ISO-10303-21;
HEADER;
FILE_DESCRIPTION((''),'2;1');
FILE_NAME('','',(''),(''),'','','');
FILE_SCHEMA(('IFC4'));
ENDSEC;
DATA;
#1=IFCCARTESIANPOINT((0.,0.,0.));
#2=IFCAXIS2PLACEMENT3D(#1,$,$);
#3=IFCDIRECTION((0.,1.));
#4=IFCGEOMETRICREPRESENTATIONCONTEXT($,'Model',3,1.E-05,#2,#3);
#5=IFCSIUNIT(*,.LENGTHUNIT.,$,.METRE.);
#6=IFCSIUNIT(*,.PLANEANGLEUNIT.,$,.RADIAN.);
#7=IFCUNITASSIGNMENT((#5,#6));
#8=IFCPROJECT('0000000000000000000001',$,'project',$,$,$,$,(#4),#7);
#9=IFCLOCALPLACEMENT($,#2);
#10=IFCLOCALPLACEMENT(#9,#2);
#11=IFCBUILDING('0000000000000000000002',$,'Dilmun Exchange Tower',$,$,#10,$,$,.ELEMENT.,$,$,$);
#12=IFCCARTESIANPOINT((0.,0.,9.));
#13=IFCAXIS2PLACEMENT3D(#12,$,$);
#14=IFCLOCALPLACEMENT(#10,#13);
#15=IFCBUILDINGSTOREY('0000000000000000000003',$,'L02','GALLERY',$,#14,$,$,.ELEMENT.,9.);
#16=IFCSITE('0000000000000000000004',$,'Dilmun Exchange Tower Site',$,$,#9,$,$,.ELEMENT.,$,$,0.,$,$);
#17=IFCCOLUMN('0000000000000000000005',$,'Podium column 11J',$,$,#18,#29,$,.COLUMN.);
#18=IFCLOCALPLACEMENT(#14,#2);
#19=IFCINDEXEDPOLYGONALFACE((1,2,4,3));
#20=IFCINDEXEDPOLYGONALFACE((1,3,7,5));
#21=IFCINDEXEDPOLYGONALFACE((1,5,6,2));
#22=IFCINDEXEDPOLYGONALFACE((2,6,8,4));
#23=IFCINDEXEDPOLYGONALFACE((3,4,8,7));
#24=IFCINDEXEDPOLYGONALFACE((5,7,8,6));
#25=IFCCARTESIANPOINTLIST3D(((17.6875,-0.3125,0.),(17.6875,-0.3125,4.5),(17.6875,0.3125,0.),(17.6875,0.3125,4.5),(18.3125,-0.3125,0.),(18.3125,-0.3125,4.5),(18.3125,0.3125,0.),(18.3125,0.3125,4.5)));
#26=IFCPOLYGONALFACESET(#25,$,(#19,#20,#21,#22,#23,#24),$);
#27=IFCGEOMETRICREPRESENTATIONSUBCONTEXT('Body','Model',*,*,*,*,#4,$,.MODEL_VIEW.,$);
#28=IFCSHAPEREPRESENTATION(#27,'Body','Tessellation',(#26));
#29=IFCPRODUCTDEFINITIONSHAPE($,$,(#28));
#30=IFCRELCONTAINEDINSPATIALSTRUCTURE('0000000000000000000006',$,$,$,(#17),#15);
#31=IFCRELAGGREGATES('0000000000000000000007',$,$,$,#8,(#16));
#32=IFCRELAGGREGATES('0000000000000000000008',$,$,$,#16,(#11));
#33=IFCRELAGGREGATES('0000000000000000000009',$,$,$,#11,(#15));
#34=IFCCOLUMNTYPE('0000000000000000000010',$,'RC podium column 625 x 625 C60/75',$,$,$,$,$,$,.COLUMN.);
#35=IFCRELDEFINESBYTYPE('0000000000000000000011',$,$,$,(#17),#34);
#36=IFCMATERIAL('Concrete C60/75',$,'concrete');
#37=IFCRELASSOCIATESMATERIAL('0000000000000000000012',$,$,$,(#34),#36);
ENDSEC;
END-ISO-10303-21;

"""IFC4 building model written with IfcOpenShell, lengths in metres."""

from ifc_helpers import new_model, si_unit, direction, frame, origin, origin_2d, place, context, subcontext, project, spatial, rectangle, extrude, material, material_profile, profile_set, type_object, element, save


model = new_model("IFC4")

# Units and contexts
model_context = context("Model", 3, precision=1e-05, world=origin(), true_north=direction((0.0, 1.0)))
body_context = subcontext(model_context, "Body", "Model", "MODEL_VIEW")
ifc_project = project(units=[si_unit("LENGTHUNIT", "METRE"), si_unit("PLANEANGLEUNIT", "RADIAN")], contexts=[model_context])

# Site, building, storey
site_placement = place(None, origin())
site = spatial("IfcSite", under=ifc_project, at=site_placement, Name="Dilmun Exchange Tower Site", CompositionType="ELEMENT", RefElevation=0.0)
building_placement = place(site_placement, origin())
building = spatial("IfcBuilding", under=site, at=building_placement, Name="Dilmun Exchange Tower", CompositionType="ELEMENT")
storey_placement = place(building_placement, frame((0.0, 0.0, 9.0)))
storey = spatial("IfcBuildingStorey", under=building, at=storey_placement, Name="L02", Description="GALLERY", CompositionType="ELEMENT", Elevation=9.0)

# Column
ifc_material_1 = material(Name="Concrete C60/75", Category="concrete")
ifc_material_profile = material_profile(ifc_material_1, rectangle(XDim=0.625, YDim=0.625, at=origin_2d()), Name="625 x 625")
ifc_profile_set = profile_set([ifc_material_profile], Name="Concrete C60/75")
column_type = type_object("IfcColumnType", Name="RC podium column 625 x 625 C60/75", PredefinedType="COLUMN", material=ifc_profile_set)
column_placement = place(storey_placement, frame((18.0, 0.0, 0.0), z_axis=(0.0, 0.0, 1.0), x_axis=(1.0, 0.0, 0.0)))
element("IfcColumn", 1, at=column_placement, inside=storey, type_object=column_type, Name="Podium column 11J", PredefinedType="COLUMN", context=body_context, shape_type="SweptSolid", body=[
    extrude(rectangle(XDim=0.625, YDim=0.625, at=origin_2d()), origin(), (0.0, 0.0, 1.0), 4.5),
])

save(model, "model.ifc")
